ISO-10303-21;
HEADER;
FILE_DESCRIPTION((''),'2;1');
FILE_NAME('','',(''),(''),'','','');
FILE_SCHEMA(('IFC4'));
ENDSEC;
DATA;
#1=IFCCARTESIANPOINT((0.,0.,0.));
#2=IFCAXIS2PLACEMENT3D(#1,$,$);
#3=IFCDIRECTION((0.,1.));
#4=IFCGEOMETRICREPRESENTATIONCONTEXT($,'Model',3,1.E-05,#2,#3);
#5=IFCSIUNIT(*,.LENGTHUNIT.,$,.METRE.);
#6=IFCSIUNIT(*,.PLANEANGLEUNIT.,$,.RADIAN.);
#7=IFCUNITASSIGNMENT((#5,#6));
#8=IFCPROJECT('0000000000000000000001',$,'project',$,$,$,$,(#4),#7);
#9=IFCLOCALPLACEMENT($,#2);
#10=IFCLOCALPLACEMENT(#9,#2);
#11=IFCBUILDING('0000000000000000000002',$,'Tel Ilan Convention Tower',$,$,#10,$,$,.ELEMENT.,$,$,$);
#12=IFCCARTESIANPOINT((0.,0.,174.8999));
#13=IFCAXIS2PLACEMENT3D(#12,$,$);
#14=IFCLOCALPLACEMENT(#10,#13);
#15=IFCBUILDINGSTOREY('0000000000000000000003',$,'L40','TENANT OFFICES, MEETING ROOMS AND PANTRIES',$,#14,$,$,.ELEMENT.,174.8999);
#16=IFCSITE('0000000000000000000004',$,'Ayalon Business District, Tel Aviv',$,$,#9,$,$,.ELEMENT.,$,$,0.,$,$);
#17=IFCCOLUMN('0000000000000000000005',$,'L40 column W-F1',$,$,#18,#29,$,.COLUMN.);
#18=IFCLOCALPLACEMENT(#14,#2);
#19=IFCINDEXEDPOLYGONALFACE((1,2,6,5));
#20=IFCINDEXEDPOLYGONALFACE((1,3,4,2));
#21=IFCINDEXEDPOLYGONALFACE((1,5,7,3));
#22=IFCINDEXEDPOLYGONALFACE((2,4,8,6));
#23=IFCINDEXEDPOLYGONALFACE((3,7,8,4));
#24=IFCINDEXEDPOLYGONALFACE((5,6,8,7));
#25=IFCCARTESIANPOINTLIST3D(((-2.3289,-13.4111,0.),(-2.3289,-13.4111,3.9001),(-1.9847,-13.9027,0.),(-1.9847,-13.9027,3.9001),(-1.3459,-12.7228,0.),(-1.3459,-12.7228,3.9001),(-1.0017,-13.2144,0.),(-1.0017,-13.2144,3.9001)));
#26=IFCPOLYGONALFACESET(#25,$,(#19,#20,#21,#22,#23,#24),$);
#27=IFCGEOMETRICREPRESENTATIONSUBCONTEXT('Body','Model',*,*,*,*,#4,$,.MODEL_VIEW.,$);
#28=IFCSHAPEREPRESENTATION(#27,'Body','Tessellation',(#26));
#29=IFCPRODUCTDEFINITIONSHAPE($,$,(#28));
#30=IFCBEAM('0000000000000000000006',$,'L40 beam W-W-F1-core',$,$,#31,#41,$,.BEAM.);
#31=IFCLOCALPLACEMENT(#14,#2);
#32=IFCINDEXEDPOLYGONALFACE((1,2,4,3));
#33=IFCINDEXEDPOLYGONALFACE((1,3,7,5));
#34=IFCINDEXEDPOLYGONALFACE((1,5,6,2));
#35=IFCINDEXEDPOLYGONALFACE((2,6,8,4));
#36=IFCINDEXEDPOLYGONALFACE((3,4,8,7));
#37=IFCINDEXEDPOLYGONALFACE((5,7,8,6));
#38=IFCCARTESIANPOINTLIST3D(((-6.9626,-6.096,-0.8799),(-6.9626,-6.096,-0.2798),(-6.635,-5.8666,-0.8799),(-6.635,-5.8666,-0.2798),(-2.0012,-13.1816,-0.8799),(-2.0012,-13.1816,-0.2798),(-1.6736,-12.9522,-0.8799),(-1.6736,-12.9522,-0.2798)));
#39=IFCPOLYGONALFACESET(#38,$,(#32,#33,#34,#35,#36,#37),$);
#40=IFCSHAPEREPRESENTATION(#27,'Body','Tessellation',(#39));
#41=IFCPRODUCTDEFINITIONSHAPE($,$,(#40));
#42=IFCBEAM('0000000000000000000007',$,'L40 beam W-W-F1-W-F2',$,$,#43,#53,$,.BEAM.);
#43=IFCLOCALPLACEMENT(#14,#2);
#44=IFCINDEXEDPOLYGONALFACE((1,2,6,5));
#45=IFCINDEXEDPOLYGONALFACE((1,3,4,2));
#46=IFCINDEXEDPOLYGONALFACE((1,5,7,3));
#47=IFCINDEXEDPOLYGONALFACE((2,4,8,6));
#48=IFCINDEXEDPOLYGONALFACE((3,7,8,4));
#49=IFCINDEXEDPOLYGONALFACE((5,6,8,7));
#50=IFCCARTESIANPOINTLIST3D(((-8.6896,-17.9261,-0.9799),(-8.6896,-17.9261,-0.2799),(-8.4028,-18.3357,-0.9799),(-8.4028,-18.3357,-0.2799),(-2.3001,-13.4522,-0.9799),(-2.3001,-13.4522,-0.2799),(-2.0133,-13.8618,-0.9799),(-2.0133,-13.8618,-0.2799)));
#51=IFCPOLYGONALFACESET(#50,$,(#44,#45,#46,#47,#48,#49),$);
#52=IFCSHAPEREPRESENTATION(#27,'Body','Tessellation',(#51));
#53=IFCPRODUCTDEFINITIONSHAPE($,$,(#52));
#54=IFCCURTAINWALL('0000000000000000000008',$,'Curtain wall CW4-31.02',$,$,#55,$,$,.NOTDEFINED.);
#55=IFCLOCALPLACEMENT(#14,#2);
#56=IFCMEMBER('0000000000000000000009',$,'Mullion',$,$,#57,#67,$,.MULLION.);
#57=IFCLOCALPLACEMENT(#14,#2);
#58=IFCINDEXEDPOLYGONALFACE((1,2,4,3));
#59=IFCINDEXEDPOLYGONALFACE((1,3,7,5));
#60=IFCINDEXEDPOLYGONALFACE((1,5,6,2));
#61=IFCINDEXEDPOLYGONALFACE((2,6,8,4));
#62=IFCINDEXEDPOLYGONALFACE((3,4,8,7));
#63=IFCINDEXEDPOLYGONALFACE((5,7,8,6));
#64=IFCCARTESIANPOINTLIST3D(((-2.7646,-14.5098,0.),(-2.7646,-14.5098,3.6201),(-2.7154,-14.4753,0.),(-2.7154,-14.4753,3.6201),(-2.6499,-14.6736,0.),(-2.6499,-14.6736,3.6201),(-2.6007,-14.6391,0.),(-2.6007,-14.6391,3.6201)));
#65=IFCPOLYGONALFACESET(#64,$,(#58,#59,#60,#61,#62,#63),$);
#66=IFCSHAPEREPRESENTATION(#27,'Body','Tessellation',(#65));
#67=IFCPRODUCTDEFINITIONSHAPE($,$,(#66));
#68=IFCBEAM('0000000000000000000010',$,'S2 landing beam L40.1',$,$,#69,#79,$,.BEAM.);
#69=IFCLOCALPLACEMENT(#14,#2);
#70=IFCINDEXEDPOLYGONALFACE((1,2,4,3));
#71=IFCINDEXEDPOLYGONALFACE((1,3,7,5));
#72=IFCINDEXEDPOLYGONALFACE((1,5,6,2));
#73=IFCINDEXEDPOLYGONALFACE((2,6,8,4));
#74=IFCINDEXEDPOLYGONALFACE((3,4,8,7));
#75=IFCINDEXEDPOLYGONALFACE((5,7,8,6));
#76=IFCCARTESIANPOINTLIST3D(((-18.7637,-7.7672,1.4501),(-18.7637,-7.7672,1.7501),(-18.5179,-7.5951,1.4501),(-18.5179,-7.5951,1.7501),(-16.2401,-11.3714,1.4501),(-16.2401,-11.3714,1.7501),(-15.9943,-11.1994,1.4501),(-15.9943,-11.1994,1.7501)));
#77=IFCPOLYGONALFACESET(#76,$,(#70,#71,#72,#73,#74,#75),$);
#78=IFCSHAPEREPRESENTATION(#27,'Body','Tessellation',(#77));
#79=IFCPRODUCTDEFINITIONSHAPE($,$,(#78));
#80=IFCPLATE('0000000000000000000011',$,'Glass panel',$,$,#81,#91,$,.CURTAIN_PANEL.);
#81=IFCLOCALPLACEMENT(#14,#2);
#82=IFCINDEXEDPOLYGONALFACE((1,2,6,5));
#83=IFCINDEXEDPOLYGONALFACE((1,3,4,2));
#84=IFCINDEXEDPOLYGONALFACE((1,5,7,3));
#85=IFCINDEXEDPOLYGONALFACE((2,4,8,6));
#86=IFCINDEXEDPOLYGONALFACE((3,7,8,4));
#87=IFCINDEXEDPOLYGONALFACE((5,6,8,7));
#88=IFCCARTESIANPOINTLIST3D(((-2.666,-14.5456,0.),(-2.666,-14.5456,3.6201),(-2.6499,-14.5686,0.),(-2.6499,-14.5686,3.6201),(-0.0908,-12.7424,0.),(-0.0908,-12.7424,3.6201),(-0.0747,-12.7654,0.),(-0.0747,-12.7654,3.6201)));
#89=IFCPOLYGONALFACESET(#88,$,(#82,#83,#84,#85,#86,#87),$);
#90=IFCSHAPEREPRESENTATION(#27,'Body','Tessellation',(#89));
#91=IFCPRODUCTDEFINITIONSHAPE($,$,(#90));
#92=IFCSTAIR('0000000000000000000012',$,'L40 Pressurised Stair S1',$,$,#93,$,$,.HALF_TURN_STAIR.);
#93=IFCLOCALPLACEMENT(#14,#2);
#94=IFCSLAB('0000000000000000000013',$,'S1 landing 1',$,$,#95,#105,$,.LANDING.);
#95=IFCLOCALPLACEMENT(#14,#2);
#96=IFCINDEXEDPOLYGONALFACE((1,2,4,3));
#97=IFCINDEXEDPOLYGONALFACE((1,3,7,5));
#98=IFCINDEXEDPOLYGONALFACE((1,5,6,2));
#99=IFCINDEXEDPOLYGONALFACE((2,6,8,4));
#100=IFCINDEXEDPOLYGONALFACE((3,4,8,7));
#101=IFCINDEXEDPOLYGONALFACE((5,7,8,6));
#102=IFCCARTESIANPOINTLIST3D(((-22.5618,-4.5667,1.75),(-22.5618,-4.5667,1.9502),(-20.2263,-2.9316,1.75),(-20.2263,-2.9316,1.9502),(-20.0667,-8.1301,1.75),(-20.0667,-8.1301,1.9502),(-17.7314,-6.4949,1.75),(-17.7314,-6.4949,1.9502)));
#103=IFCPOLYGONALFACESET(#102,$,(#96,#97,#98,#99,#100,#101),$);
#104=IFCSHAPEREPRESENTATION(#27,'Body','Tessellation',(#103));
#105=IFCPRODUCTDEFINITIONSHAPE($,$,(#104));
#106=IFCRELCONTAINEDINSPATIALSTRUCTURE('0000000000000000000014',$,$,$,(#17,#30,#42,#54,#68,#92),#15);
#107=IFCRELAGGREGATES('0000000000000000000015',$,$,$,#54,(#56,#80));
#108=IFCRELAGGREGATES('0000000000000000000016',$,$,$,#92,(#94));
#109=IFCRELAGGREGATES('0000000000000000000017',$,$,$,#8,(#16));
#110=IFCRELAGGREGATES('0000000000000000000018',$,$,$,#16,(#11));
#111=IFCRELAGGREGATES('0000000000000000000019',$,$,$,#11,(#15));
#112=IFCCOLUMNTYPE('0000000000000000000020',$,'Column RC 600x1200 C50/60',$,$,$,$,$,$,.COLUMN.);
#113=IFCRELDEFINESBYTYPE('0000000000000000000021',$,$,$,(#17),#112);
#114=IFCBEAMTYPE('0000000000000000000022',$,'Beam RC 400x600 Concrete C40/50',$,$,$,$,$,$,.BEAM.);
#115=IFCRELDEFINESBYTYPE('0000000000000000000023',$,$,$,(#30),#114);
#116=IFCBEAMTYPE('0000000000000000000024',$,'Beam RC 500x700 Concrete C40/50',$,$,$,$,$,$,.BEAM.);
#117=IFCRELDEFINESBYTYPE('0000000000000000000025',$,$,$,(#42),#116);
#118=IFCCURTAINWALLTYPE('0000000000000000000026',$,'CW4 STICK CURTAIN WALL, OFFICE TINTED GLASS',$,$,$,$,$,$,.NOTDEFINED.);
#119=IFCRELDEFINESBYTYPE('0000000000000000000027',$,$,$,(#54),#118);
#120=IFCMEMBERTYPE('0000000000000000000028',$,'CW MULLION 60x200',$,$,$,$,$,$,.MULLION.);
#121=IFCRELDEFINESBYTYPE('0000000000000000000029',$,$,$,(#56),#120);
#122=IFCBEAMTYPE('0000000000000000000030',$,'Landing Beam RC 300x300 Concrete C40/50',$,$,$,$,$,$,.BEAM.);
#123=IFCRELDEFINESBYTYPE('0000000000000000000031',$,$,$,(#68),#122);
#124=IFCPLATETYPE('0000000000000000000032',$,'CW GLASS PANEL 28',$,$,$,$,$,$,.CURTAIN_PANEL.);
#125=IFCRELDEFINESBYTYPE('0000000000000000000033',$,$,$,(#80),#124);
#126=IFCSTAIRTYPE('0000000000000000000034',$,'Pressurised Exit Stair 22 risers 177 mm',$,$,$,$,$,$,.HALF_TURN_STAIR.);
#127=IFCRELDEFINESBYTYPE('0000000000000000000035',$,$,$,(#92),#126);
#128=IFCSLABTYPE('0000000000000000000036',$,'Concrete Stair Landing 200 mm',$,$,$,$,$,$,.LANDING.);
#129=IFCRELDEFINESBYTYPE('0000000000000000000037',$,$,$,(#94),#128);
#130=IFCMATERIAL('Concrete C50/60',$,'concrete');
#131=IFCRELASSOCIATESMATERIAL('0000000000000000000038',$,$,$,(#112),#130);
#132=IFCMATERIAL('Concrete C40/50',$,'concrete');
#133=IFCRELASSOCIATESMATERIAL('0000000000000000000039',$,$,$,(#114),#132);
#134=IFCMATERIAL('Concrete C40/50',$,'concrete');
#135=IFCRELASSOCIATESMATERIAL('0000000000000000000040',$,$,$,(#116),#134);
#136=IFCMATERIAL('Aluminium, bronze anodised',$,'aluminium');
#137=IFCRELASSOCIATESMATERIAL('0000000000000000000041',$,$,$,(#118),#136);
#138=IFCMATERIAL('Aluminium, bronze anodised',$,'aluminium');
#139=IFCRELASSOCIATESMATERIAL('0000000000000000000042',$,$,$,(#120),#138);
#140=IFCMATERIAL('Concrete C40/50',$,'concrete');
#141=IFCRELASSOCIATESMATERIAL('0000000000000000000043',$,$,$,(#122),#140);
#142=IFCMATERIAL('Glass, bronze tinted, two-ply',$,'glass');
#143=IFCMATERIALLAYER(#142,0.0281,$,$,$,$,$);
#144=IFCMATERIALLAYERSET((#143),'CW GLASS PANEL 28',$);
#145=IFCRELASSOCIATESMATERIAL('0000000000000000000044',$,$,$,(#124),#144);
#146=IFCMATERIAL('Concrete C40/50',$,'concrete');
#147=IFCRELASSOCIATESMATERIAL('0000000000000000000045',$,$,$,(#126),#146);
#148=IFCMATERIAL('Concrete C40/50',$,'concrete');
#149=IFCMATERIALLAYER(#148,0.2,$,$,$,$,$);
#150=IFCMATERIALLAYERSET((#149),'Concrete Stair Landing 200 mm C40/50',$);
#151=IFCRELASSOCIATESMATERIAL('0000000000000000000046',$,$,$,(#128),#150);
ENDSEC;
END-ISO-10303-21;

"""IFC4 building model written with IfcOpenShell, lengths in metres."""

from ifc_helpers import new_model, si_unit, direction, frame, origin, origin_2d, place, context, subcontext, project, spatial, polyline, rectangle, outline, extrude, material, layer, layer_set, material_profile, profile_set, type_object, element, aggregate, save


model = new_model("IFC4")

# Units and contexts
model_context = context("Model", 3, precision=1e-05, world=origin(), true_north=direction((0.0, 1.0)))
body_context = subcontext(model_context, "Body", "Model", "MODEL_VIEW")
ifc_project = project(units=[si_unit("LENGTHUNIT", "METRE"), si_unit("PLANEANGLEUNIT", "RADIAN")], contexts=[model_context])

# Site, building, storey
site_placement = place(None, origin())
site = spatial("IfcSite", under=ifc_project, at=site_placement, Name="Ayalon Business District, Tel Aviv", CompositionType="ELEMENT", RefElevation=0.0)
building_placement = place(site_placement, origin())
building = spatial("IfcBuilding", under=site, at=building_placement, Name="Tel Ilan Convention Tower", CompositionType="ELEMENT")
storey_placement = place(building_placement, frame((0.0, 0.0, 174.8999)))
storey = spatial("IfcBuildingStorey", under=building, at=storey_placement, Name="L40", Description="TENANT OFFICES, MEETING ROOMS AND PANTRIES", CompositionType="ELEMENT", Elevation=174.8999)

# Column
ifc_material_1 = material(Name="Concrete C50/60", Category="concrete")
ifc_material_profile_1 = material_profile(ifc_material_1, rectangle(XDim=1.2, YDim=0.6001, at=origin_2d()), Name="RC 600x1200")
ifc_profile_set_1 = profile_set([ifc_material_profile_1], Name="Concrete C50/60")
column_type = type_object("IfcColumnType", Name="Column RC 600x1200 C50/60", PredefinedType="COLUMN", material=ifc_profile_set_1)
column_placement = place(storey_placement, frame((-1.6653, -13.3127, 0.0), z_axis=(0.0, 0.0, 1.0), x_axis=(-0.819152, -0.573576, 0.0)))
element("IfcColumn", 1, at=column_placement, inside=storey, type_object=column_type, Name="L40 column W-F1", PredefinedType="COLUMN", context=body_context, shape_type="SweptSolid", body=[
    extrude(rectangle(XDim=1.2, YDim=0.6001, at=origin_2d()), origin(), (0.0, 0.0, 1.0), 3.9001),
])

# Beams
ifc_material_2 = material(Name="Concrete C40/50", Category="concrete")
ifc_material_profile_2 = material_profile(ifc_material_2, rectangle(XDim=0.3999, YDim=0.6001, at=origin_2d()), Name="RC 400x600")
ifc_profile_set_2 = profile_set([ifc_material_profile_2], Name="Concrete C40/50")
beam_type_1 = type_object("IfcBeamType", Name="Beam RC 400x600 Concrete C40/50", PredefinedType="BEAM", material=ifc_profile_set_2)
beam_1_placement = place(storey_placement, frame((-1.8374, -13.0669, -0.5798), z_axis=(-0.573574, 0.819154, 0.0), x_axis=(-0.819154, -0.573574, 0.0)))
element("IfcBeam", 2, at=beam_1_placement, inside=storey, type_object=beam_type_1, Name="L40 beam W-W-F1-core", PredefinedType="BEAM", context=body_context, shape_type="SweptSolid", body=[
    extrude(rectangle(XDim=0.3999, YDim=0.6001, at=origin_2d()), origin(), (0.0, 0.0, 1.0), 8.6499),
])
ifc_material_3 = material(Name="Concrete C40/50", Category="concrete")
ifc_material_profile_3 = material_profile(ifc_material_3, rectangle(XDim=0.5, YDim=0.7, at=origin_2d()), Name="RC 500x700")
ifc_profile_set_3 = profile_set([ifc_material_profile_3], Name="Concrete C40/50")
beam_type_2 = type_object("IfcBeamType", Name="Beam RC 500x700 Concrete C40/50", PredefinedType="BEAM", material=ifc_profile_set_3)
beam_2_placement = place(storey_placement, frame((-2.1567, -13.657, -0.6299), z_axis=(-0.819154, -0.573574, 0.0), x_axis=(0.573574, -0.819154, 0.0)))
element("IfcBeam", 3, at=beam_2_placement, inside=storey, type_object=beam_type_2, Name="L40 beam W-W-F1-W-F2", PredefinedType="BEAM", context=body_context, shape_type="SweptSolid", body=[
    extrude(rectangle(XDim=0.5, YDim=0.7, at=origin_2d()), origin(), (0.0, 0.0, 1.0), 7.8),
])

# Curtain wall, member
ifc_material_4 = material(Name="Aluminium, bronze anodised", Category="aluminium")
curtain_wall_type = type_object("IfcCurtainWallType", Name="CW4 STICK CURTAIN WALL, OFFICE TINTED GLASS", PredefinedType="NOTDEFINED", material=ifc_material_4)
curtain_wall_placement = place(storey_placement, origin())
curtain_wall = element("IfcCurtainWall", 4, at=curtain_wall_placement, inside=storey, type_object=curtain_wall_type, Name="Curtain wall CW4-31.02", PredefinedType="NOTDEFINED")
ifc_material_5 = material(Name="Aluminium, bronze anodised", Category="aluminium")
ifc_material_profile_4 = material_profile(ifc_material_5, rectangle(XDim=0.0601, YDim=0.2, at=origin_2d()), Name="CW MULLION 60x200")
ifc_profile_set_4 = profile_set([ifc_material_profile_4], Name="Aluminium, bronze anodised")
member_type = type_object("IfcMemberType", Name="CW MULLION 60x200", PredefinedType="MULLION", material=ifc_profile_set_4)
member_placement = place(storey_placement, frame((-2.6826, -14.5745, 0.0), z_axis=(0.0, 0.0, 1.0), x_axis=(0.819152, 0.573576, 0.0)))
member = element("IfcMember", 5, at=member_placement, type_object=member_type, Name="Mullion", PredefinedType="MULLION", context=body_context, shape_type="SweptSolid", body=[
    extrude(rectangle(XDim=0.0601, YDim=0.2, at=origin_2d()), origin(), (0.0, 0.0, 1.0), 3.6201),
])

# Beam
ifc_material_6 = material(Name="Concrete C40/50", Category="concrete")
ifc_material_profile_5 = material_profile(ifc_material_6, rectangle(XDim=0.3, YDim=0.3, at=origin_2d()), Name="RC 300x300")
ifc_profile_set_5 = profile_set([ifc_material_profile_5], Name="Concrete C40/50")
beam_type_3 = type_object("IfcBeamType", Name="Landing Beam RC 300x300 Concrete C40/50", PredefinedType="BEAM", material=ifc_profile_set_5)
beam_3_placement = place(storey_placement, frame((-16.1172, -11.2854, 1.6001), z_axis=(-0.57357, 0.819156, 0.0), x_axis=(-0.819156, -0.57357, 0.0)))
element("IfcBeam", 6, at=beam_3_placement, inside=storey, type_object=beam_type_3, Name="S2 landing beam L40.1", PredefinedType="BEAM", context=body_context, shape_type="SweptSolid", body=[
    extrude(rectangle(XDim=0.3, YDim=0.3, at=origin_2d()), origin(), (0.0, 0.0, 1.0), 4.3999),
])

# Plate
ifc_material_7 = material(Name="Glass, bronze tinted, two-ply", Category="glass")
ifc_layer_1 = layer(ifc_material_7, 0.0281)
ifc_layer_set_1 = layer_set([ifc_layer_1], Name="CW GLASS PANEL 28")
plate_type = type_object("IfcPlateType", Name="CW GLASS PANEL 28", PredefinedType="CURTAIN_PANEL", material=ifc_layer_set_1)
plate_placement = place(storey_placement, frame((-1.3704, -13.6555, 0.0), z_axis=(0.0, 0.0, 1.0), x_axis=(0.819152, 0.573576, 0.0)))
plate = element("IfcPlate", 7, at=plate_placement, type_object=plate_type, Name="Glass panel", PredefinedType="CURTAIN_PANEL", context=body_context, shape_type="SweptSolid", body=[
    extrude(rectangle(XDim=3.1438, YDim=0.0281, at=origin_2d()), origin(), (0.0, 0.0, 1.0), 3.6201),
])
aggregate(curtain_wall, [member, plate])

# Stair, slab
ifc_material_8 = material(Name="Concrete C40/50", Category="concrete")
stair_type = type_object("IfcStairType", Name="Pressurised Exit Stair 22 risers 177 mm", PredefinedType="HALF_TURN_STAIR", material=ifc_material_8)
stair_placement = place(storey_placement, origin())
stair = element("IfcStair", 8, at=stair_placement, inside=storey, type_object=stair_type, Name="L40 Pressurised Stair S1", PredefinedType="HALF_TURN_STAIR")
ifc_material_9 = material(Name="Concrete C40/50", Category="concrete")
ifc_layer_2 = layer(ifc_material_9, 0.2)
ifc_layer_set_2 = layer_set([ifc_layer_2], Name="Concrete Stair Landing 200 mm C40/50")
slab_type_1 = type_object("IfcSlabType", Name="Concrete Stair Landing 200 mm", PredefinedType="LANDING", material=ifc_layer_set_2)
slab_1_placement = place(storey_placement, frame((0.0, 0.0, 1.75)))
slab_1 = element("IfcSlab", 9, at=slab_1_placement, type_object=slab_type_1, Name="S1 landing 1", PredefinedType="LANDING", context=body_context, shape_type="SweptSolid", body=[
    extrude(outline(polyline([(-20.0667, -8.1301), (-17.7314, -6.4949), (-20.2263, -2.9316), (-22.5618, -4.5667), (-20.0667, -8.1301)])), origin(), (0.0, 0.0, 1.0), 0.2002),
])
aggregate(stair, [slab_1])

save(model, "model.ifc")
